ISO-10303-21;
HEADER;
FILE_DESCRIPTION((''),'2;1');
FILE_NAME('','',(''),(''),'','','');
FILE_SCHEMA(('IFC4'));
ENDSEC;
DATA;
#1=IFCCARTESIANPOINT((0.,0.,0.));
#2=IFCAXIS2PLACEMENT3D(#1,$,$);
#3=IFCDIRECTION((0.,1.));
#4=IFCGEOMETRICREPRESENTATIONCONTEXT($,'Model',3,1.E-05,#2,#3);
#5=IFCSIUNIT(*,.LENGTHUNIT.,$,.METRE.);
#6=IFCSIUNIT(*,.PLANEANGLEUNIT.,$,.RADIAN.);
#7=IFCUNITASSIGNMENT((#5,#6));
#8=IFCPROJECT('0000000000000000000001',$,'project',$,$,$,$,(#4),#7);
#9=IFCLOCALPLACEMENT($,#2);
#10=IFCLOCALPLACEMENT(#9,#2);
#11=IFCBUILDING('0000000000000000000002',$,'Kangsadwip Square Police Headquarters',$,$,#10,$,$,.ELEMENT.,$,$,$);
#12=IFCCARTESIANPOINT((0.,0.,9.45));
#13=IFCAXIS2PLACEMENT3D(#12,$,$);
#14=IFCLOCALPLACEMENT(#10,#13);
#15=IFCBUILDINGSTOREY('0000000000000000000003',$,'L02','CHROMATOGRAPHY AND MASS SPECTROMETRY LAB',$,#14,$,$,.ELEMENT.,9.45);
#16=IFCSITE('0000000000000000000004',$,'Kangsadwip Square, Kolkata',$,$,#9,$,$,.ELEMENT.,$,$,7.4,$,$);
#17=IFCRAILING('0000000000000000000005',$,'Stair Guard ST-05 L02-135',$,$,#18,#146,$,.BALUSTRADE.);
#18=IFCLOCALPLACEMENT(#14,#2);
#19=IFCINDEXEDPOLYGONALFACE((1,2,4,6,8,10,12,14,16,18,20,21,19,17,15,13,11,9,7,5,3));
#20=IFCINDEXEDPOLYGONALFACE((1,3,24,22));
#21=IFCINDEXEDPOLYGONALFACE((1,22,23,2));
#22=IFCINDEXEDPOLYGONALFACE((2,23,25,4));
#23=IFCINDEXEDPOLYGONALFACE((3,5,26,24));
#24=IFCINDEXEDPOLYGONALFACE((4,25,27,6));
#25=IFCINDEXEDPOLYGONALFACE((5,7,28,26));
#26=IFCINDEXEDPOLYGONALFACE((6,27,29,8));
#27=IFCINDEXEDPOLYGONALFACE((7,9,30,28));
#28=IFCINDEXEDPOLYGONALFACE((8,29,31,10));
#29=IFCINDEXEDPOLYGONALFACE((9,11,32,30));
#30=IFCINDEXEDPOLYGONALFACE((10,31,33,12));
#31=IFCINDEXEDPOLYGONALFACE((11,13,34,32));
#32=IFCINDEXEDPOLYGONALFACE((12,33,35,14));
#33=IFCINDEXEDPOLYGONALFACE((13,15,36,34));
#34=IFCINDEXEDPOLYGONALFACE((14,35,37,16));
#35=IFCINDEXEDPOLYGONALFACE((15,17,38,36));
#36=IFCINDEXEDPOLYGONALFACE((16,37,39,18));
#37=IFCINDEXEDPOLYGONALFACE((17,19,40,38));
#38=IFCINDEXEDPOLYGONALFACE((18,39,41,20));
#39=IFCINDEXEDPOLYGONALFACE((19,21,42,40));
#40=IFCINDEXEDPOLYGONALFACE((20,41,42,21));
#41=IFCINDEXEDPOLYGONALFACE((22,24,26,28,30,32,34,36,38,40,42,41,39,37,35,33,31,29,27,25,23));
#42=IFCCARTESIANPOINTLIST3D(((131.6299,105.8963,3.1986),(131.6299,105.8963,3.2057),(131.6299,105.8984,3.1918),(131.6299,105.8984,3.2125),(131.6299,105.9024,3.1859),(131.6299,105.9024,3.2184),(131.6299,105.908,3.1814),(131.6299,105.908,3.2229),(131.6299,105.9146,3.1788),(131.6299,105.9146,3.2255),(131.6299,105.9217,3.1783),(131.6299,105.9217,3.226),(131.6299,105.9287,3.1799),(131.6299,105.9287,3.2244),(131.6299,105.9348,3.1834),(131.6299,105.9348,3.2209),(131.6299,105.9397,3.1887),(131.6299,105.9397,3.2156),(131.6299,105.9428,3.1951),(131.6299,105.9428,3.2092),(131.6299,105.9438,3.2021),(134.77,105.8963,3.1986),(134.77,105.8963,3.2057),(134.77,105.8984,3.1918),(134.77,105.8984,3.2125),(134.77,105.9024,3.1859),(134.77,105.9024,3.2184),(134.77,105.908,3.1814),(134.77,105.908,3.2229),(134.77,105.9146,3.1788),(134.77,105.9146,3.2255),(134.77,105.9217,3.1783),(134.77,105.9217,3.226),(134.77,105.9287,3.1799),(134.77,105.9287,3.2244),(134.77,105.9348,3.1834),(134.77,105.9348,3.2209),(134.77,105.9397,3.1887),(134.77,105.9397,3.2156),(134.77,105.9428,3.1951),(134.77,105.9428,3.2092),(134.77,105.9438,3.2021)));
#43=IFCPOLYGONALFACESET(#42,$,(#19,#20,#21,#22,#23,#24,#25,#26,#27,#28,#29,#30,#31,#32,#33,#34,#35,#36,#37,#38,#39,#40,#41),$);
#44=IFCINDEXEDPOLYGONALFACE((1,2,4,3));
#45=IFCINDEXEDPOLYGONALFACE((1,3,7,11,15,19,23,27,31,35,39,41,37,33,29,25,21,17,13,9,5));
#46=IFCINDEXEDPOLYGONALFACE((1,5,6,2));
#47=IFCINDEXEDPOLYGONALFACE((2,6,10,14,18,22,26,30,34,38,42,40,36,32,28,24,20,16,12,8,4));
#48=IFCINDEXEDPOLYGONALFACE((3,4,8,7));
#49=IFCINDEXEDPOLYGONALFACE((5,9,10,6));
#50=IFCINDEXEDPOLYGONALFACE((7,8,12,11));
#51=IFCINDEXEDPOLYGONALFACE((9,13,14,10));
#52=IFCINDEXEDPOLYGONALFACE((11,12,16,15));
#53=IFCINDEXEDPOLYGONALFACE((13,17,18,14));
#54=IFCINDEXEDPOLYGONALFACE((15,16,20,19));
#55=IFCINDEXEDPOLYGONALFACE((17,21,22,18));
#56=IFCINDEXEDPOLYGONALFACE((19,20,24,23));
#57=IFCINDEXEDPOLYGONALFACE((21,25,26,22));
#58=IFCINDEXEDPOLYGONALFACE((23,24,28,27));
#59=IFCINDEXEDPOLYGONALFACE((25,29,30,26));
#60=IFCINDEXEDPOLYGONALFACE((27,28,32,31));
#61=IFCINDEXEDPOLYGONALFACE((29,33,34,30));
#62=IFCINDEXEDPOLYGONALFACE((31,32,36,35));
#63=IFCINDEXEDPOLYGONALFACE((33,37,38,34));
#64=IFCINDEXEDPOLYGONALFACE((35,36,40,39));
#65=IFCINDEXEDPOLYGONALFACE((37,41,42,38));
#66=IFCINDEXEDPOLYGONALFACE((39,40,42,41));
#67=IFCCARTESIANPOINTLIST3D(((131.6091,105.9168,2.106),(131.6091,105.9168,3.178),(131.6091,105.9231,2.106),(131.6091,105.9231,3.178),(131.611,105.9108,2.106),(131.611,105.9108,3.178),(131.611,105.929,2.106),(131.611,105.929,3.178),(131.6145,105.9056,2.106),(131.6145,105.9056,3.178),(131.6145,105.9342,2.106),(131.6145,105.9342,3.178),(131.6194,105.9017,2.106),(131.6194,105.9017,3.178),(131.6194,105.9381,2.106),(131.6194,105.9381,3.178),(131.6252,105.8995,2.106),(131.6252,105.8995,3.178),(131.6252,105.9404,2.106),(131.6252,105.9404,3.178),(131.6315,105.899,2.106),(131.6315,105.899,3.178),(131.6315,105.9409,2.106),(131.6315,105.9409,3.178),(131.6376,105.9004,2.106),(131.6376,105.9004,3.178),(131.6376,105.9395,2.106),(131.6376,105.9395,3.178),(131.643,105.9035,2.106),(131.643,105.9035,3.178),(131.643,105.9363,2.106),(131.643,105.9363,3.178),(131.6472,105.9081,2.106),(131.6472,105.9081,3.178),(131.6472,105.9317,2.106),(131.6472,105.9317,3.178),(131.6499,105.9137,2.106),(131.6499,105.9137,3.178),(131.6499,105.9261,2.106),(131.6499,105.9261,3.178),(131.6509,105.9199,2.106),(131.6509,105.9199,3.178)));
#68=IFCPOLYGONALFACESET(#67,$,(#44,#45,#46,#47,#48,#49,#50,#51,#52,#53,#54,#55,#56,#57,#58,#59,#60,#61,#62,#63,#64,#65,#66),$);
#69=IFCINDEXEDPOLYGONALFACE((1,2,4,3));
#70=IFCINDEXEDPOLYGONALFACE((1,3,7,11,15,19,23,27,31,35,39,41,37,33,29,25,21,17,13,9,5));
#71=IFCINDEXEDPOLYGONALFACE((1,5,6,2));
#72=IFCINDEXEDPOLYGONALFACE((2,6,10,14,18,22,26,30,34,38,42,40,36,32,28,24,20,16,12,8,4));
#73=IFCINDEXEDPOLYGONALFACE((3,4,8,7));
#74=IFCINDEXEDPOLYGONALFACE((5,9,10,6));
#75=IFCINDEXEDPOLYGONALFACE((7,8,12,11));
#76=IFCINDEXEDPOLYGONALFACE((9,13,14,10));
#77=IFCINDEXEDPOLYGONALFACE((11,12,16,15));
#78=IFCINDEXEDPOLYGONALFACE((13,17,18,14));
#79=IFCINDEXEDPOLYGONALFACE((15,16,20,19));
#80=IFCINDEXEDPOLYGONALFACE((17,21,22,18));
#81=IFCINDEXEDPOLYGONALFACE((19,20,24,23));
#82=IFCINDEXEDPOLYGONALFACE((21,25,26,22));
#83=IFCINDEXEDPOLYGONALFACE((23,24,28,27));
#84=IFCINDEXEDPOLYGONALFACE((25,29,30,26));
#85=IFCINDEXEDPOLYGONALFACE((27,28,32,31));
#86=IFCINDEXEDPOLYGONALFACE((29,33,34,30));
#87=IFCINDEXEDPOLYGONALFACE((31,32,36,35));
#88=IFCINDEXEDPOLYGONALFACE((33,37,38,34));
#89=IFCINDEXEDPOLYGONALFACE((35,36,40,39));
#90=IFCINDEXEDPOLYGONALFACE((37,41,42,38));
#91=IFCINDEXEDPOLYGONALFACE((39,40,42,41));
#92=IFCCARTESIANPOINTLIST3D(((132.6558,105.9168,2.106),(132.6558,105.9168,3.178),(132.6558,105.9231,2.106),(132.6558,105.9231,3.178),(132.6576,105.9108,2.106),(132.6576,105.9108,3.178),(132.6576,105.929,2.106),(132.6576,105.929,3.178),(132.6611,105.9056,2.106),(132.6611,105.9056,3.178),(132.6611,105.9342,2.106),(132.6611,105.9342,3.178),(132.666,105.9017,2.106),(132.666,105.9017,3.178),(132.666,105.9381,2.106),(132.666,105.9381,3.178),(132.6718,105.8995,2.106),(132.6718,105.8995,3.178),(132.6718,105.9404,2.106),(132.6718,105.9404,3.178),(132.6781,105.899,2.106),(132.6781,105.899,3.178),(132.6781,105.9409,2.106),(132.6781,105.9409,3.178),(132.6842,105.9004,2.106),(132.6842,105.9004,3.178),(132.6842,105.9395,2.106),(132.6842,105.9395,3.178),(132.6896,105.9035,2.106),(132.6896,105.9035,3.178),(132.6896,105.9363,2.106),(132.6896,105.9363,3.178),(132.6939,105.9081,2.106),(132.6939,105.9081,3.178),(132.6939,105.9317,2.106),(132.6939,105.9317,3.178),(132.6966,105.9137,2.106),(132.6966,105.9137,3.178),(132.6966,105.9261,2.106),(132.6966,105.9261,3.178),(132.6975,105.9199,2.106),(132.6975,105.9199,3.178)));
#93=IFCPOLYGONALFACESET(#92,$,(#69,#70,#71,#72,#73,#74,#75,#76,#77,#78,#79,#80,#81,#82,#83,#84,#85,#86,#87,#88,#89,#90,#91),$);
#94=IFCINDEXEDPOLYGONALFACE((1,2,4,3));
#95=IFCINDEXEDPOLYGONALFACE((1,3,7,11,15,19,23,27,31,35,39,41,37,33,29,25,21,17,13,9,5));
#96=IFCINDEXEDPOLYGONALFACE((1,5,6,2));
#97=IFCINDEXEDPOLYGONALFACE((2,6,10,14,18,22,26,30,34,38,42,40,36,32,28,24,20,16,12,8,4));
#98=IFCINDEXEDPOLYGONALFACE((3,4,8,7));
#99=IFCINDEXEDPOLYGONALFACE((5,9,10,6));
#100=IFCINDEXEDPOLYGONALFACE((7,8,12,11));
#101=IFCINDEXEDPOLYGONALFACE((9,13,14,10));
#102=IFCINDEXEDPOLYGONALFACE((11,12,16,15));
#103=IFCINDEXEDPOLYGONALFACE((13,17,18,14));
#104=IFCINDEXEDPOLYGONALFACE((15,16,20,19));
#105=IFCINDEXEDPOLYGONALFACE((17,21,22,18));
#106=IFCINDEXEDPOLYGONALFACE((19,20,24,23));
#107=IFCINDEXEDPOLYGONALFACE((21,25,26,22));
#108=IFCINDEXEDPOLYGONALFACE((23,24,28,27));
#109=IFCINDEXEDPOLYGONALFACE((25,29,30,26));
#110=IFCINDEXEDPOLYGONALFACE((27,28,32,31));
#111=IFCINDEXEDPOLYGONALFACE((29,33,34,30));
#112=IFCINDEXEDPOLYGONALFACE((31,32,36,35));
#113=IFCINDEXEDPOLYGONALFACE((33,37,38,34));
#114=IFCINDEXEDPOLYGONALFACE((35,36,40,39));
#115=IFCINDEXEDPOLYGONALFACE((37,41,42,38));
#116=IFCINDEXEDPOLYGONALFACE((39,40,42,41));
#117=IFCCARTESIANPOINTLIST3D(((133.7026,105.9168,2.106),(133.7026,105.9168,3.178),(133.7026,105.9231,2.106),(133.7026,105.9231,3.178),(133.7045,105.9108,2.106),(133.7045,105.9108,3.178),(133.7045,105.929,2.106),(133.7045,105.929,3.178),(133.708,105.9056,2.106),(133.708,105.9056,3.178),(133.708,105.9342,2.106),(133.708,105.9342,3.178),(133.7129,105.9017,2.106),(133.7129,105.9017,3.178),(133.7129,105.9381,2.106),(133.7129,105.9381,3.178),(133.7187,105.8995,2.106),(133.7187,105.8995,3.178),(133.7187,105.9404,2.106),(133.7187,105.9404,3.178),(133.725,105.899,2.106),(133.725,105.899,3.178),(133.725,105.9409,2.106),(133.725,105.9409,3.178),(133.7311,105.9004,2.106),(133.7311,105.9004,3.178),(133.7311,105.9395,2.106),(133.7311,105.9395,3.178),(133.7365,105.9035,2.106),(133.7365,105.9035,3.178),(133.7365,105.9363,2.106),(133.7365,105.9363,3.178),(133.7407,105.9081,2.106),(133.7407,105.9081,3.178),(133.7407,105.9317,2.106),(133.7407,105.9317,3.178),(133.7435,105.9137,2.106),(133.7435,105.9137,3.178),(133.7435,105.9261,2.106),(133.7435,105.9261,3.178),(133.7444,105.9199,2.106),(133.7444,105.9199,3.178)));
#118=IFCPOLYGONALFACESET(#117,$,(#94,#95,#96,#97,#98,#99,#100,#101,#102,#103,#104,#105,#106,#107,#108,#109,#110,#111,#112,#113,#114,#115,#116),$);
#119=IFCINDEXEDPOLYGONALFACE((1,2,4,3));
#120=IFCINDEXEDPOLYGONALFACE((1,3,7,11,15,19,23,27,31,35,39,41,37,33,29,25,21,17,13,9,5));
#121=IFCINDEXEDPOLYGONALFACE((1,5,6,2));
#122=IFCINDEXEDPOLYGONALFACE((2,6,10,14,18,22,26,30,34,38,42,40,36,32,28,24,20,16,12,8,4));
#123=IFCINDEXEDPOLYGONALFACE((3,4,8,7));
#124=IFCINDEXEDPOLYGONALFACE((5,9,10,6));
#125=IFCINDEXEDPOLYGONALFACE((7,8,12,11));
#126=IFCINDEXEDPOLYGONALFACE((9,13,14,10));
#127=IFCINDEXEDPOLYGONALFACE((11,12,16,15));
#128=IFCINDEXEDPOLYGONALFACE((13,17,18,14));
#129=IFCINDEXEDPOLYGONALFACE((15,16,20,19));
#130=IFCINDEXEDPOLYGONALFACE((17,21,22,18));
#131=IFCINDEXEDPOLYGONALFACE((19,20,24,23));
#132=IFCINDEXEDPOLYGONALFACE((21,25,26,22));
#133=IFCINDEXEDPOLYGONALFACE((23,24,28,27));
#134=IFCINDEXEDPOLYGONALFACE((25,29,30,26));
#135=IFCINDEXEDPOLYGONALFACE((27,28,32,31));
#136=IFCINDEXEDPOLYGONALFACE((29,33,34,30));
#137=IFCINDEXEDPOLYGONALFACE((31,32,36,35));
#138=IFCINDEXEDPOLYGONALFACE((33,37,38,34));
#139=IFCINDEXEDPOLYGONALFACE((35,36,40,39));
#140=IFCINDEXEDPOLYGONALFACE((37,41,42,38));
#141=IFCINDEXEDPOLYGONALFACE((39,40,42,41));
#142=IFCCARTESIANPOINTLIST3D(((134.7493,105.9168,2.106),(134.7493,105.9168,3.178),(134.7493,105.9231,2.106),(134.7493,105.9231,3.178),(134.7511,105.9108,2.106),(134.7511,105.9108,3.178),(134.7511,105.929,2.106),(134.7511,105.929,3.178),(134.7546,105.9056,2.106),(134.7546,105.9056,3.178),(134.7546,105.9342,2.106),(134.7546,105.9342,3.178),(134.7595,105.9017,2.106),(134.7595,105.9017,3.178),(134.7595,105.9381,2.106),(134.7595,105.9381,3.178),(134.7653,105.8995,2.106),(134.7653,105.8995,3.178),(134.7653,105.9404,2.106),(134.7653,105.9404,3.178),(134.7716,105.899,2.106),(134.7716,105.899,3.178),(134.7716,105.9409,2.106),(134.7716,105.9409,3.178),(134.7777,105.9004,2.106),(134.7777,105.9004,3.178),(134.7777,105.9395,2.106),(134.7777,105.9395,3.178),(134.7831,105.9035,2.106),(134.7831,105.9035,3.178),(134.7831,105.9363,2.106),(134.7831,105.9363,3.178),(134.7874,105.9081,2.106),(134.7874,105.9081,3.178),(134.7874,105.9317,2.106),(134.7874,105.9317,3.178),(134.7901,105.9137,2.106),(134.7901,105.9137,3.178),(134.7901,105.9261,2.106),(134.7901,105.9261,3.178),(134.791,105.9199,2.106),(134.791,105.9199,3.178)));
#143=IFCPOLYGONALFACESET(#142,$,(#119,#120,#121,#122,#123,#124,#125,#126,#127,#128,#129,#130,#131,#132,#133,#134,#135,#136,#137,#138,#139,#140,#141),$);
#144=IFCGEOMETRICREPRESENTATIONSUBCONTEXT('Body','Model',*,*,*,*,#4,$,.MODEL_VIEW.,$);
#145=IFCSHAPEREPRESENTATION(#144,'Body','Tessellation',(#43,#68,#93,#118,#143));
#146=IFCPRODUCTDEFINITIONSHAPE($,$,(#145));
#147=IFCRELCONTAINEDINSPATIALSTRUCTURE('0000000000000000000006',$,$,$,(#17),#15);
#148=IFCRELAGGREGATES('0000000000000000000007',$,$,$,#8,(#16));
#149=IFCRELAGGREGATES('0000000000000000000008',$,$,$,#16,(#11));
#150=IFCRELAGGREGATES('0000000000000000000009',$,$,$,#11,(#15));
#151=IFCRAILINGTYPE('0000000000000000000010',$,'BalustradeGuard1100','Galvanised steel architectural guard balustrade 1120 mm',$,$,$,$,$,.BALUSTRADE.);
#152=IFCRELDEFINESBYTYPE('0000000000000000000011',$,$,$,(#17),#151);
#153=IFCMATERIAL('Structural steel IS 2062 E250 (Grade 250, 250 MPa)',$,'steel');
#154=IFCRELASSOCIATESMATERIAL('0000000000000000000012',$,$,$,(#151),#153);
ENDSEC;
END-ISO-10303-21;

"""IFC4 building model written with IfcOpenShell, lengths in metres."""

from ifc_helpers import new_model, si_unit, direction, frame, origin, origin_2d, place, context, subcontext, project, spatial, circle, extrude, material, type_object, element, save


model = new_model("IFC4")

# Units and contexts
model_context = context("Model", 3, precision=1e-05, world=origin(), true_north=direction((0.0, 1.0)))
body_context = subcontext(model_context, "Body", "Model", "MODEL_VIEW")
ifc_project = project(units=[si_unit("LENGTHUNIT", "METRE"), si_unit("PLANEANGLEUNIT", "RADIAN")], contexts=[model_context])

# Site, building, storey
site_placement = place(None, origin())
site = spatial("IfcSite", under=ifc_project, at=site_placement, Name="Kangsadwip Square, Kolkata", CompositionType="ELEMENT", RefElevation=7.4)
building_placement = place(site_placement, origin())
building = spatial("IfcBuilding", under=site, at=building_placement, Name="Kangsadwip Square Police Headquarters", CompositionType="ELEMENT")
storey_placement = place(building_placement, frame((0.0, 0.0, 9.45)))
storey = spatial("IfcBuildingStorey", under=building, at=storey_placement, Name="L02", Description="CHROMATOGRAPHY AND MASS SPECTROMETRY LAB", CompositionType="ELEMENT", Elevation=9.45)

# Railing
ifc_material_1 = material(Name="Structural steel IS 2062 E250 (Grade 250, 250 MPa)", Category="steel")
railing_type_1 = type_object("IfcRailingType", Name="BalustradeGuard1100", Description="Galvanised steel architectural guard balustrade 1120 mm", PredefinedType="BALUSTRADE", material=ifc_material_1)
for number, where, name in (
    (1, (131.6299, 105.9199, 2.106), "Stair Guard ST-05 L02-135"),
):
    element("IfcRailing", number, at=place(storey_placement, frame(where)), inside=storey, type_object=railing_type_1, Name=name, PredefinedType="BALUSTRADE", context=body_context, shape_type="SweptSolid", body=[
        extrude(circle(Radius=0.0239, at=origin_2d()), frame((0.0, 0.0, 1.0962), z_axis=(1.0, 0.0, 0.0), x_axis=(0.0, 1.0, 0.0)), (0.0, 0.0, 1.0), 3.1401),
        extrude(circle(Radius=0.021, at=origin_2d()), origin(), (0.0, 0.0, 1.0), 1.072),
        extrude(circle(Radius=0.021, at=origin_2d()), frame((1.0466, 0.0, 0.0)), (0.0, 0.0, 1.0), 1.072),
        extrude(circle(Radius=0.021, at=origin_2d()), frame((2.0935, 0.0, 0.0)), (0.0, 0.0, 1.0), 1.072),
        extrude(circle(Radius=0.021, at=origin_2d()), frame((3.1401, 0.0, 0.0)), (0.0, 0.0, 1.0), 1.072),
    ])

save(model, "model.ifc")
